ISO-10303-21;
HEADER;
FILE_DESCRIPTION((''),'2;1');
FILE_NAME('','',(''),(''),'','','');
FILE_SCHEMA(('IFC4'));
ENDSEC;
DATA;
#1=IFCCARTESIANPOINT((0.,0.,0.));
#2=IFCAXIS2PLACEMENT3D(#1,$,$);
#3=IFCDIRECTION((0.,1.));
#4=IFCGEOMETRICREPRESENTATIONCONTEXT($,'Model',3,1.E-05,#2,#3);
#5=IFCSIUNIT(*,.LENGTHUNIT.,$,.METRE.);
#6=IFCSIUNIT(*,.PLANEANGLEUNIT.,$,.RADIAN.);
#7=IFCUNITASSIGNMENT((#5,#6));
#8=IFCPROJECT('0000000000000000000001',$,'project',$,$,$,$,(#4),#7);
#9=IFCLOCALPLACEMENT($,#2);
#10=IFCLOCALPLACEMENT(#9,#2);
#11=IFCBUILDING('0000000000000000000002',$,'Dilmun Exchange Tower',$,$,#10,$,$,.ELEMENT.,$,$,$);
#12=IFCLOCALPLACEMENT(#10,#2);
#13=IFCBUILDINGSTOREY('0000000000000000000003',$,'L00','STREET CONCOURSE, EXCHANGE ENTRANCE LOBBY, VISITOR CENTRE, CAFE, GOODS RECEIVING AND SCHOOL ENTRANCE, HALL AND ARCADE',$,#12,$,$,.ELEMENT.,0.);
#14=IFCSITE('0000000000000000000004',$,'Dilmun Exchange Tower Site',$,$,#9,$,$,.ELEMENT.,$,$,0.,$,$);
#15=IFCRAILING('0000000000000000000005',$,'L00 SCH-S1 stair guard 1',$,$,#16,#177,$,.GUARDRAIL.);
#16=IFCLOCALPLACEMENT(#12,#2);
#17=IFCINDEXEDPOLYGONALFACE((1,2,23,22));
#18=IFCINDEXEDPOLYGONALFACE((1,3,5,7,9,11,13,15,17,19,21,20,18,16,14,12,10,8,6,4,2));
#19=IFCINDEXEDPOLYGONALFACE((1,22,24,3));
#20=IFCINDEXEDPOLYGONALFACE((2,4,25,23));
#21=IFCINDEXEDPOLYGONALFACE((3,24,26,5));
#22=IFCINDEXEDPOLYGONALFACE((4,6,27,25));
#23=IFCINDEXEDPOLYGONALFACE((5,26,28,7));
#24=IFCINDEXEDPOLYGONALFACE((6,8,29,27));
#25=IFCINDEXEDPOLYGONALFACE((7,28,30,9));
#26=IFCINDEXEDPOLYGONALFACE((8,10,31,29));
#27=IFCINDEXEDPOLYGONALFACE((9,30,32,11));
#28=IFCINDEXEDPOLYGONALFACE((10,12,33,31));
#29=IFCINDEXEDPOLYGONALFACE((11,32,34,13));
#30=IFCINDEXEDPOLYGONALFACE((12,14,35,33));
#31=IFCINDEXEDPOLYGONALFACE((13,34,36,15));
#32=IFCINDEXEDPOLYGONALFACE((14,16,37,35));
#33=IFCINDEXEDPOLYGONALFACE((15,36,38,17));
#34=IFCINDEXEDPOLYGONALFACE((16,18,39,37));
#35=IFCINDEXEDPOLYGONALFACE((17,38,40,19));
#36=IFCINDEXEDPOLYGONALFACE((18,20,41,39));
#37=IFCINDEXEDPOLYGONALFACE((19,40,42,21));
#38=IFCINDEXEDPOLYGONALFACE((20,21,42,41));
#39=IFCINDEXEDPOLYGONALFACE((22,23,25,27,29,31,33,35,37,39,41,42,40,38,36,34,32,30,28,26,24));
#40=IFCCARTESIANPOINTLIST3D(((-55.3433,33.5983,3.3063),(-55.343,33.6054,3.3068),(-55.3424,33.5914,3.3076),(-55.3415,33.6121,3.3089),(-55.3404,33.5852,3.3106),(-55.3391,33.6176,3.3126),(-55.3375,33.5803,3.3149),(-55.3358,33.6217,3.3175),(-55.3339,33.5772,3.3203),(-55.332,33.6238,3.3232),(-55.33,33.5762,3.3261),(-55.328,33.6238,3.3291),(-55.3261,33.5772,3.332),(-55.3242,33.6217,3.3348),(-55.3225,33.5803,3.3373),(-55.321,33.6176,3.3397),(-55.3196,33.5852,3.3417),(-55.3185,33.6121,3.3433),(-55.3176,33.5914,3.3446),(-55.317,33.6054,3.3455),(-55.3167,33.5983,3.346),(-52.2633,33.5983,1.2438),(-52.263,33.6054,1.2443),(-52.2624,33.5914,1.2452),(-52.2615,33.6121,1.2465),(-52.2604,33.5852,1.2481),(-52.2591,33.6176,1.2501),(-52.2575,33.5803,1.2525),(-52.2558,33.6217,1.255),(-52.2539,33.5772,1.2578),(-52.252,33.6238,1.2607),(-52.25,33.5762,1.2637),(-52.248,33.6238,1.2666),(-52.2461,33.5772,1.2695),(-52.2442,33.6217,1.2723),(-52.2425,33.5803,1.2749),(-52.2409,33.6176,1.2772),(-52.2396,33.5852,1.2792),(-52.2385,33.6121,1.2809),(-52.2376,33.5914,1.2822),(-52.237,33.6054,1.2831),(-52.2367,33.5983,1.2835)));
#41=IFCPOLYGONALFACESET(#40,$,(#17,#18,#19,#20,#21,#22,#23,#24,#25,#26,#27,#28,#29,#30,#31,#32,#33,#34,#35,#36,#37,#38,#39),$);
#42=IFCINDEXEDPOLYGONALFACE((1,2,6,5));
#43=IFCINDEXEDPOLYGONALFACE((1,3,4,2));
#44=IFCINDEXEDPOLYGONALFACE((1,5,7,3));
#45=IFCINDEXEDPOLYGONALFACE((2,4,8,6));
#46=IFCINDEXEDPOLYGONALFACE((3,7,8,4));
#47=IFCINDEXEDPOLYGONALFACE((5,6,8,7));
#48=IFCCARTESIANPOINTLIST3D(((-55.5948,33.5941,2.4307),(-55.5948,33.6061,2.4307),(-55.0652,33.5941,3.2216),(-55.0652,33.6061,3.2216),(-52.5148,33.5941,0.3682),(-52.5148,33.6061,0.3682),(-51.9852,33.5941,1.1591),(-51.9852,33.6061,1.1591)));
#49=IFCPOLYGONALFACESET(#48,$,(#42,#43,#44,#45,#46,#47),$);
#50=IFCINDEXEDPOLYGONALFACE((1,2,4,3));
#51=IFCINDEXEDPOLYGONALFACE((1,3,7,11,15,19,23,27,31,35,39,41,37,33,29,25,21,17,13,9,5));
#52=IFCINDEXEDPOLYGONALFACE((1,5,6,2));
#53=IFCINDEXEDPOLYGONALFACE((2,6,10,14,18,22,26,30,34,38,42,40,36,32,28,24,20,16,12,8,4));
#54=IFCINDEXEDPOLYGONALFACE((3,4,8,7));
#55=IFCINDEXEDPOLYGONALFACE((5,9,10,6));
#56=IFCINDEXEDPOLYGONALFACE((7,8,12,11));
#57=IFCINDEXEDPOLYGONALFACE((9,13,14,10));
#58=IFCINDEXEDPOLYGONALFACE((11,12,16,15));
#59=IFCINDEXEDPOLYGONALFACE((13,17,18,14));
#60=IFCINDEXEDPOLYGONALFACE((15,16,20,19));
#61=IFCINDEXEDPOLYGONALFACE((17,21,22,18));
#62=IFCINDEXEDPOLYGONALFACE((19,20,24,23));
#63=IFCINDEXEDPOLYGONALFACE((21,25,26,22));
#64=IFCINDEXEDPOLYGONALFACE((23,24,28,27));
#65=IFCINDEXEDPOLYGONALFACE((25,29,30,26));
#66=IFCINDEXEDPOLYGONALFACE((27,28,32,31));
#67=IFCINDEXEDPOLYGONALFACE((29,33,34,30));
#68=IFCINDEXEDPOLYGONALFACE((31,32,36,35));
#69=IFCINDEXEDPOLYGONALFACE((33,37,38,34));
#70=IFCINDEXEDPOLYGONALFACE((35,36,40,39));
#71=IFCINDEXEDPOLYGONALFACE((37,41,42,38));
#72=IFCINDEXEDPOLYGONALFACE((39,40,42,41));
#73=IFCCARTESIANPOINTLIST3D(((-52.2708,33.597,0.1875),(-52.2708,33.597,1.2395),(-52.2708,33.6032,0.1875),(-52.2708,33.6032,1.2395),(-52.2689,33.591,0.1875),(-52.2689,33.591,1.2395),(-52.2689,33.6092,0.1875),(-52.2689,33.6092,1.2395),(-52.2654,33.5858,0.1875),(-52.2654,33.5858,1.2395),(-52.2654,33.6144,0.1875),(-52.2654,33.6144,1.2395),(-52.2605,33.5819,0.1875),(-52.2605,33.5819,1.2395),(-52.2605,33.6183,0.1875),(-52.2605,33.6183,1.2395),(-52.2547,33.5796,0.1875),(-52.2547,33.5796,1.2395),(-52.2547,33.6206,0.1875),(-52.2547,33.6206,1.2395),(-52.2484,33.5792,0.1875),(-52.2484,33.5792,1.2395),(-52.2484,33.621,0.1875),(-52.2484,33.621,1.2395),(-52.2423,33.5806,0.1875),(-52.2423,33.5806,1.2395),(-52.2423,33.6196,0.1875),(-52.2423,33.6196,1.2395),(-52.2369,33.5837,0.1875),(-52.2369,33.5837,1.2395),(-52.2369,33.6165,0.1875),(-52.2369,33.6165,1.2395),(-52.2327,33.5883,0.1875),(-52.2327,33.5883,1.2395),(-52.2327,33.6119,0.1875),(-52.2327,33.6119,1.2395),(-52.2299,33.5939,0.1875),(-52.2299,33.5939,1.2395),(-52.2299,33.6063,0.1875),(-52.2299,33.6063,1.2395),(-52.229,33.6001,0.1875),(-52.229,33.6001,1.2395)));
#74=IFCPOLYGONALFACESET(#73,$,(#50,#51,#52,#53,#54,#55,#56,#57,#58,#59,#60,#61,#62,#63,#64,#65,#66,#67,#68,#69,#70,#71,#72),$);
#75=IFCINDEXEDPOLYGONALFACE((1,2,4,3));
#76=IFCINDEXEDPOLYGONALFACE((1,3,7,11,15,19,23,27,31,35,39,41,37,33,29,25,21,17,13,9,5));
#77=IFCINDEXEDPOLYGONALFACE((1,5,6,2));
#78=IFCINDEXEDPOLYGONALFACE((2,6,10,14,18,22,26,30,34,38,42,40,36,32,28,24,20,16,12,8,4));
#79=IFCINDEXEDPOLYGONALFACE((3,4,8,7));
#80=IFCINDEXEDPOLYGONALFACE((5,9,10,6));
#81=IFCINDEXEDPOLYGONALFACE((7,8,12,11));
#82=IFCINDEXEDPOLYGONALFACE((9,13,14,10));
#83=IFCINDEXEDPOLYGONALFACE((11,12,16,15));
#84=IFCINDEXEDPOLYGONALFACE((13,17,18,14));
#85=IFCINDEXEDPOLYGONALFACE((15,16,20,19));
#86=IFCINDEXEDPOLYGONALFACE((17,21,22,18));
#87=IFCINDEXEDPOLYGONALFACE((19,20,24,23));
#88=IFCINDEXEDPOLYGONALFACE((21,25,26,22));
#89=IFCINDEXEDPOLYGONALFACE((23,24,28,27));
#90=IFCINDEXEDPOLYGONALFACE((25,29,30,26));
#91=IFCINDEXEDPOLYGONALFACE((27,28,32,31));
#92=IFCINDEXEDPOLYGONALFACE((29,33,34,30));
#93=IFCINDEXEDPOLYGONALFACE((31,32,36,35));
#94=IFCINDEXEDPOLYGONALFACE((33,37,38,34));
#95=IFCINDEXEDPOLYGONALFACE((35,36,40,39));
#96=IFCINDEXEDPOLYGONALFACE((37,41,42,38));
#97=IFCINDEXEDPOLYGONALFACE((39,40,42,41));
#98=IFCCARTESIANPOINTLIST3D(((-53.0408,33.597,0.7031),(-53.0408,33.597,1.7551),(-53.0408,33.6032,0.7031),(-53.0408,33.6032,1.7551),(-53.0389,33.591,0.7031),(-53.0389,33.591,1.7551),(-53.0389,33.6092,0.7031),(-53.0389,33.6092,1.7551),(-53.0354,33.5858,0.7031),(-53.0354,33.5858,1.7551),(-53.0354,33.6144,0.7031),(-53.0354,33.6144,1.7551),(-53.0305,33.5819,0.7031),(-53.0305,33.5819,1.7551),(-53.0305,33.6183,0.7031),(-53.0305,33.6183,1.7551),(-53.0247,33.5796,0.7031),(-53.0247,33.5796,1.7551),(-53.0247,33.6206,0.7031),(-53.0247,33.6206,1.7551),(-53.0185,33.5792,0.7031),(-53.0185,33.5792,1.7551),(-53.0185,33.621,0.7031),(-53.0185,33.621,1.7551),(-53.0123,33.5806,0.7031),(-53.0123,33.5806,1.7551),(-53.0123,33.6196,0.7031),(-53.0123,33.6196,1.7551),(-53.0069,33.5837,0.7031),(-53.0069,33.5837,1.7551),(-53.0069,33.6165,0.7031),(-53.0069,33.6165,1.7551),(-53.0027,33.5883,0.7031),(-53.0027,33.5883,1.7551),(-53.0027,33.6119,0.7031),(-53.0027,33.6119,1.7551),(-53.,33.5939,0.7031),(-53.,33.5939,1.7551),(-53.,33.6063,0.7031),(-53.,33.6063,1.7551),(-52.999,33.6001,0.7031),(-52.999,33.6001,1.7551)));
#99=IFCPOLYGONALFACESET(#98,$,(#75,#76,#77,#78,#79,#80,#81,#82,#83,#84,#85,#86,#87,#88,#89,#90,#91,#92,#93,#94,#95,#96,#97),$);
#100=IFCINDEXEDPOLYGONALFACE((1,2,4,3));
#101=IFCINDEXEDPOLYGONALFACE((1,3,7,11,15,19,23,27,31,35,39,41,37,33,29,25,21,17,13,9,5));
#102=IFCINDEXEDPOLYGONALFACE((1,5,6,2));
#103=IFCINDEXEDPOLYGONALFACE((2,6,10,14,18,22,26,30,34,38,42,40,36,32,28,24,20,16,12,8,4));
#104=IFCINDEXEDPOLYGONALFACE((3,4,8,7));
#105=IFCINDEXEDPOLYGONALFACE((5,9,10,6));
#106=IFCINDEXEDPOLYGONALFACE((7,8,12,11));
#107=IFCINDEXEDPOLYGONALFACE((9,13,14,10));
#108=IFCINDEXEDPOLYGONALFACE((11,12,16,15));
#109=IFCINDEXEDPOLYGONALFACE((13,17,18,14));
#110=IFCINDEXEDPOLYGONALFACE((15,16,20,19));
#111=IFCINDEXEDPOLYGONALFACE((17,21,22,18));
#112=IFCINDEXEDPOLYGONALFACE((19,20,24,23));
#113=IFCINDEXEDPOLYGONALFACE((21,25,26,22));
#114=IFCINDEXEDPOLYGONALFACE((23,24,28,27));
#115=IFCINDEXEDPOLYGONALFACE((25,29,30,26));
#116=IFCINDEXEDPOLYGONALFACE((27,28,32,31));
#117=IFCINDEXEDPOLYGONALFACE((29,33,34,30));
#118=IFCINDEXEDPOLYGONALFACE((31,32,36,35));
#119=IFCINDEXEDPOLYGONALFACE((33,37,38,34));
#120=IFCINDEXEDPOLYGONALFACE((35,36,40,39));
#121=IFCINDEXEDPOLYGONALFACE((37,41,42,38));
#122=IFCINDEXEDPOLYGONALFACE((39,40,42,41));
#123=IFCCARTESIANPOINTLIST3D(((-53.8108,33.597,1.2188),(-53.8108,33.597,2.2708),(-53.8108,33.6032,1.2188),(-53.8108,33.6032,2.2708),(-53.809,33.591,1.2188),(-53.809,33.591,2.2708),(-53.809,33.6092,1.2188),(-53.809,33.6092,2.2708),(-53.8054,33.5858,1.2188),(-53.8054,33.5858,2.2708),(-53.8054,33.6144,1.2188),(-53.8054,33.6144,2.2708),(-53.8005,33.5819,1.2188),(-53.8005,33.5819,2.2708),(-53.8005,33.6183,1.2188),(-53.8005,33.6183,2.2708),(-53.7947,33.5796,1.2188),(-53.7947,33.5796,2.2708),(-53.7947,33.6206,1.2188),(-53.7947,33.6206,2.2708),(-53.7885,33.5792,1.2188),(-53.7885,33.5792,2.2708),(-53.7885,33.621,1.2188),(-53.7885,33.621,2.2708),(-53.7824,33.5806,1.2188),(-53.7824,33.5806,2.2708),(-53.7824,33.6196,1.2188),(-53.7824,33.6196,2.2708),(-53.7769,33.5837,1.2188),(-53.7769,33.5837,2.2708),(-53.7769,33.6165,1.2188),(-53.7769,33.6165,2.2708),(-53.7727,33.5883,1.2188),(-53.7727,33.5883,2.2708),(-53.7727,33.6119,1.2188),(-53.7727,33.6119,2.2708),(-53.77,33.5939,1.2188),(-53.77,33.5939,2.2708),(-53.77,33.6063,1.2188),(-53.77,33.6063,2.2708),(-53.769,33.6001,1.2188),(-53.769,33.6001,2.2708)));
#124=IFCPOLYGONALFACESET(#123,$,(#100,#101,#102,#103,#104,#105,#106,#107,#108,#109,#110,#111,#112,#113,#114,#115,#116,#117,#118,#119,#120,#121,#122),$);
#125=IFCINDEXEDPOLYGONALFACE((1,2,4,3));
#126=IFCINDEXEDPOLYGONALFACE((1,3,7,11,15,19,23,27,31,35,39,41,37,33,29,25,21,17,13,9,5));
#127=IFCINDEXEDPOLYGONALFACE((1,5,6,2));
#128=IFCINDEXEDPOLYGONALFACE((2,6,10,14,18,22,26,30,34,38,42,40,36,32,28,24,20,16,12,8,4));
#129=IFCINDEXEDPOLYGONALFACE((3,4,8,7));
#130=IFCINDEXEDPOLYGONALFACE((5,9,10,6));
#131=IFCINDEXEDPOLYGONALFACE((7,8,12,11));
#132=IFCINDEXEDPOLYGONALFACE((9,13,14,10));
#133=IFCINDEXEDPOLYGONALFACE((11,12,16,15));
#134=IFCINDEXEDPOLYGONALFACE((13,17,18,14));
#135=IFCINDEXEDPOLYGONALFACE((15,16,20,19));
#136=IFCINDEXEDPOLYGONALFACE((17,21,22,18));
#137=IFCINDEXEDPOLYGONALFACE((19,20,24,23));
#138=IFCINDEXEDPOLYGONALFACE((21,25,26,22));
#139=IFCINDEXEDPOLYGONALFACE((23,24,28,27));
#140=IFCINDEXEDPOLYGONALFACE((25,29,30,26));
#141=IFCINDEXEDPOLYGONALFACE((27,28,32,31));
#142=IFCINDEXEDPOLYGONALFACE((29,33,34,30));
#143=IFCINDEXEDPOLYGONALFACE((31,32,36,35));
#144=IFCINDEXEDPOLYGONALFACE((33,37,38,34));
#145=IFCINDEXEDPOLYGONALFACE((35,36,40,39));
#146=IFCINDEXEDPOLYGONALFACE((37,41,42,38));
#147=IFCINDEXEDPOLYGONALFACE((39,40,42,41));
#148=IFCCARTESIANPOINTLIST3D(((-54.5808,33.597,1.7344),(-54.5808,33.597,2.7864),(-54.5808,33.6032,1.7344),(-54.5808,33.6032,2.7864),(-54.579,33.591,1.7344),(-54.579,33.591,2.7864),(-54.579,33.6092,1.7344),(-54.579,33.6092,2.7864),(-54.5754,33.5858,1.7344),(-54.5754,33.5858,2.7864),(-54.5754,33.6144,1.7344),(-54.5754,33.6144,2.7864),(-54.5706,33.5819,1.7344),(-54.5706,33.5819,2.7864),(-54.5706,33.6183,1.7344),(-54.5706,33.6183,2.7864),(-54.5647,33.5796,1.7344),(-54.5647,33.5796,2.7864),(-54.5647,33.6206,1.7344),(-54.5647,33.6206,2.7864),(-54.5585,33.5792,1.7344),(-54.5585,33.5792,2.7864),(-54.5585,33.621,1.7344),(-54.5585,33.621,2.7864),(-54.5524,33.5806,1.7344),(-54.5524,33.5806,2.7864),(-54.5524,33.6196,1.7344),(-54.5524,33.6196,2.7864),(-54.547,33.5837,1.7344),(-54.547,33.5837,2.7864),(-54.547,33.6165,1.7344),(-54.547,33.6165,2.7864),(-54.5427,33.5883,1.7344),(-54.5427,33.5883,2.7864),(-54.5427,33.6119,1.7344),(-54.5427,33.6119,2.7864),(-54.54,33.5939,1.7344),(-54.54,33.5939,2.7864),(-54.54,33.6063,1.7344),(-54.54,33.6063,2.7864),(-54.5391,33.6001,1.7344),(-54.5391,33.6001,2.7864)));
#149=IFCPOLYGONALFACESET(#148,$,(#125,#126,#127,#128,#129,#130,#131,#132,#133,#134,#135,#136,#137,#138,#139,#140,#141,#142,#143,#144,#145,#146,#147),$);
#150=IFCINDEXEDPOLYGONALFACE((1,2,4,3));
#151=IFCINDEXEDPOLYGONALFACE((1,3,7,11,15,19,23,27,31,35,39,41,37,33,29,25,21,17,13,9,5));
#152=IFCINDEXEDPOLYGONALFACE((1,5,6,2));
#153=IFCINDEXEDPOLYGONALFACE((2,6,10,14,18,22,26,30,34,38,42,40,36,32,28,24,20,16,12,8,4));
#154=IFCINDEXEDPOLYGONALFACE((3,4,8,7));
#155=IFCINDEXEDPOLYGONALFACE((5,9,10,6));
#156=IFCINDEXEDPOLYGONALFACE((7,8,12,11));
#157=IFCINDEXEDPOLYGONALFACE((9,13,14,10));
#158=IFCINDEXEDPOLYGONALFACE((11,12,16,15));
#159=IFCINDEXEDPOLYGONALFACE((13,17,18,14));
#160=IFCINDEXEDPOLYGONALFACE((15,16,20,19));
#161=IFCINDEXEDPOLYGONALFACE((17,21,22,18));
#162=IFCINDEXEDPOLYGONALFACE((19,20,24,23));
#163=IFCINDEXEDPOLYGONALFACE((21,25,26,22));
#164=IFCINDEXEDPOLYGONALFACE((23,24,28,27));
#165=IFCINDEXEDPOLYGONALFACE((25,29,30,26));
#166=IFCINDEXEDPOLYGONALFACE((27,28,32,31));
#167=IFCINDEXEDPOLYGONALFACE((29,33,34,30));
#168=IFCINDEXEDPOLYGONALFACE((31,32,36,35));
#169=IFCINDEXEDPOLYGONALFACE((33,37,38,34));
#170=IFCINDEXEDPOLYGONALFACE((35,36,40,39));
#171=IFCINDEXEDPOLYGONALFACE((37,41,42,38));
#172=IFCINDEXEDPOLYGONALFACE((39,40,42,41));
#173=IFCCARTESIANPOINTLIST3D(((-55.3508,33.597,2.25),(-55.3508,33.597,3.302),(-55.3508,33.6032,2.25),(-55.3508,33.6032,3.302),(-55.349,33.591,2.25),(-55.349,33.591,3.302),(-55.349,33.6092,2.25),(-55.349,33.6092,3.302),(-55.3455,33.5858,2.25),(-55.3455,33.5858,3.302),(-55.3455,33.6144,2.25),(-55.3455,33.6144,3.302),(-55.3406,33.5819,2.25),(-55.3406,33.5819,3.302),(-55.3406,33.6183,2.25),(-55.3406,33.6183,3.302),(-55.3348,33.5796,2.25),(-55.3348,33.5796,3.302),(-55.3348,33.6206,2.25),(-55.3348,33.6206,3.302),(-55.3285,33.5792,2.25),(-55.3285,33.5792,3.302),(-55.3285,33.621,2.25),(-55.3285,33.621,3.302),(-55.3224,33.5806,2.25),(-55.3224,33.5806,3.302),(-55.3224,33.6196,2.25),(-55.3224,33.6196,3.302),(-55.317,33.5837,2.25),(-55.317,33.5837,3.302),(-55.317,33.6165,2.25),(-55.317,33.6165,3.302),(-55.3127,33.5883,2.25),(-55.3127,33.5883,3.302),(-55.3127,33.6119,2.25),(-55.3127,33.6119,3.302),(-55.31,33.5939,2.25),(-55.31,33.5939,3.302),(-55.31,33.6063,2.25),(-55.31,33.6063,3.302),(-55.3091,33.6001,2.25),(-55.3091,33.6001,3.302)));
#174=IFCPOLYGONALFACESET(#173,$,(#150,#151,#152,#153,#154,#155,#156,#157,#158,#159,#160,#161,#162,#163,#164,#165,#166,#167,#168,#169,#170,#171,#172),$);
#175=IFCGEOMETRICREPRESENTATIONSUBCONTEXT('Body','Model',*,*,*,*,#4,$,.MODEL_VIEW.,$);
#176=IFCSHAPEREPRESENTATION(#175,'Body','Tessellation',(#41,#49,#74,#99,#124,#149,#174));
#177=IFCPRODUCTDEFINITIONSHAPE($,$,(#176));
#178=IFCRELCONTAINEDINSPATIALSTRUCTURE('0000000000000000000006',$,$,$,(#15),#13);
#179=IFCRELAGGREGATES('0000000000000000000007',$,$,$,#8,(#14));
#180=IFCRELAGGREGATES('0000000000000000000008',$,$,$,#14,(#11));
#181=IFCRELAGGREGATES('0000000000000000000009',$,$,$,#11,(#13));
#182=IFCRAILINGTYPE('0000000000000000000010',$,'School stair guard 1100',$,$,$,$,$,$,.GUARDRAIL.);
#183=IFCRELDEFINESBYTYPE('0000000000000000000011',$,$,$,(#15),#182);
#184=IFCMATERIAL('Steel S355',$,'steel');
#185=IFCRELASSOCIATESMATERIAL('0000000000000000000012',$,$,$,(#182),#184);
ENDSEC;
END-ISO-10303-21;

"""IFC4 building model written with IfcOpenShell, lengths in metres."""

from ifc_helpers import new_model, si_unit, direction, frame, origin, origin_2d, place, context, subcontext, project, spatial, rectangle, circle, extrude, material, type_object, element, save


model = new_model("IFC4")

# Units and contexts
model_context = context("Model", 3, precision=1e-05, world=origin(), true_north=direction((0.0, 1.0)))
body_context = subcontext(model_context, "Body", "Model", "MODEL_VIEW")
ifc_project = project(units=[si_unit("LENGTHUNIT", "METRE"), si_unit("PLANEANGLEUNIT", "RADIAN")], contexts=[model_context])

# Site, building, storey
site_placement = place(None, origin())
site = spatial("IfcSite", under=ifc_project, at=site_placement, Name="Dilmun Exchange Tower Site", CompositionType="ELEMENT", RefElevation=0.0)
building_placement = place(site_placement, origin())
building = spatial("IfcBuilding", under=site, at=building_placement, Name="Dilmun Exchange Tower", CompositionType="ELEMENT")
storey_placement = place(building_placement, origin())
storey = spatial("IfcBuildingStorey", under=building, at=storey_placement, Name="L00", Description="STREET CONCOURSE, EXCHANGE ENTRANCE LOBBY, VISITOR CENTRE, CAFE, GOODS RECEIVING AND SCHOOL ENTRANCE, HALL AND ARCADE", CompositionType="ELEMENT", Elevation=0.0)

# Railing
ifc_material_1 = material(Name="Steel S355", Category="steel")
railing_type_1 = type_object("IfcRailingType", Name="School stair guard 1100", PredefinedType="GUARDRAIL", material=ifc_material_1)
railing_1_placement = place(storey_placement, frame((-52.25, 33.6001, 0.1875)))
element("IfcRailing", 1, at=railing_1_placement, inside=storey, type_object=railing_type_1, Name="L00 SCH-S1 stair guard 1", PredefinedType="GUARDRAIL", context=body_context, shape_type="SweptSolid", body=[
    extrude(circle(Radius=0.0239, at=origin_2d()), frame((0.0, 0.0, 1.0762), z_axis=(-0.830914, 0.0, 0.556401), x_axis=(0.0, -1.0, 0.0)), (0.0, 0.0, 1.0), 3.7068),
    extrude(rectangle(XDim=0.012, YDim=0.9519, at=origin_2d()), frame((0.0, 0.0, 0.5762), z_axis=(-0.830914, 0.0, 0.556401), x_axis=(0.0, -1.0, 0.0)), (0.0, 0.0, 1.0), 3.7068),
    extrude(circle(Radius=0.021, at=origin_2d()), origin(), (0.0, 0.0, 1.0), 1.052),
    extrude(circle(Radius=0.021, at=origin_2d()), frame((-0.77, 0.0, 0.5156)), (0.0, 0.0, 1.0), 1.052),
    extrude(circle(Radius=0.021, at=origin_2d()), frame((-1.54, 0.0, 1.0312)), (0.0, 0.0, 1.0), 1.052),
    extrude(circle(Radius=0.021, at=origin_2d()), frame((-2.3101, 0.0, 1.5469)), (0.0, 0.0, 1.0), 1.052),
    extrude(circle(Radius=0.021, at=origin_2d()), frame((-3.0801, 0.0, 2.0625)), (0.0, 0.0, 1.0), 1.052),
])

save(model, "model.ifc")
